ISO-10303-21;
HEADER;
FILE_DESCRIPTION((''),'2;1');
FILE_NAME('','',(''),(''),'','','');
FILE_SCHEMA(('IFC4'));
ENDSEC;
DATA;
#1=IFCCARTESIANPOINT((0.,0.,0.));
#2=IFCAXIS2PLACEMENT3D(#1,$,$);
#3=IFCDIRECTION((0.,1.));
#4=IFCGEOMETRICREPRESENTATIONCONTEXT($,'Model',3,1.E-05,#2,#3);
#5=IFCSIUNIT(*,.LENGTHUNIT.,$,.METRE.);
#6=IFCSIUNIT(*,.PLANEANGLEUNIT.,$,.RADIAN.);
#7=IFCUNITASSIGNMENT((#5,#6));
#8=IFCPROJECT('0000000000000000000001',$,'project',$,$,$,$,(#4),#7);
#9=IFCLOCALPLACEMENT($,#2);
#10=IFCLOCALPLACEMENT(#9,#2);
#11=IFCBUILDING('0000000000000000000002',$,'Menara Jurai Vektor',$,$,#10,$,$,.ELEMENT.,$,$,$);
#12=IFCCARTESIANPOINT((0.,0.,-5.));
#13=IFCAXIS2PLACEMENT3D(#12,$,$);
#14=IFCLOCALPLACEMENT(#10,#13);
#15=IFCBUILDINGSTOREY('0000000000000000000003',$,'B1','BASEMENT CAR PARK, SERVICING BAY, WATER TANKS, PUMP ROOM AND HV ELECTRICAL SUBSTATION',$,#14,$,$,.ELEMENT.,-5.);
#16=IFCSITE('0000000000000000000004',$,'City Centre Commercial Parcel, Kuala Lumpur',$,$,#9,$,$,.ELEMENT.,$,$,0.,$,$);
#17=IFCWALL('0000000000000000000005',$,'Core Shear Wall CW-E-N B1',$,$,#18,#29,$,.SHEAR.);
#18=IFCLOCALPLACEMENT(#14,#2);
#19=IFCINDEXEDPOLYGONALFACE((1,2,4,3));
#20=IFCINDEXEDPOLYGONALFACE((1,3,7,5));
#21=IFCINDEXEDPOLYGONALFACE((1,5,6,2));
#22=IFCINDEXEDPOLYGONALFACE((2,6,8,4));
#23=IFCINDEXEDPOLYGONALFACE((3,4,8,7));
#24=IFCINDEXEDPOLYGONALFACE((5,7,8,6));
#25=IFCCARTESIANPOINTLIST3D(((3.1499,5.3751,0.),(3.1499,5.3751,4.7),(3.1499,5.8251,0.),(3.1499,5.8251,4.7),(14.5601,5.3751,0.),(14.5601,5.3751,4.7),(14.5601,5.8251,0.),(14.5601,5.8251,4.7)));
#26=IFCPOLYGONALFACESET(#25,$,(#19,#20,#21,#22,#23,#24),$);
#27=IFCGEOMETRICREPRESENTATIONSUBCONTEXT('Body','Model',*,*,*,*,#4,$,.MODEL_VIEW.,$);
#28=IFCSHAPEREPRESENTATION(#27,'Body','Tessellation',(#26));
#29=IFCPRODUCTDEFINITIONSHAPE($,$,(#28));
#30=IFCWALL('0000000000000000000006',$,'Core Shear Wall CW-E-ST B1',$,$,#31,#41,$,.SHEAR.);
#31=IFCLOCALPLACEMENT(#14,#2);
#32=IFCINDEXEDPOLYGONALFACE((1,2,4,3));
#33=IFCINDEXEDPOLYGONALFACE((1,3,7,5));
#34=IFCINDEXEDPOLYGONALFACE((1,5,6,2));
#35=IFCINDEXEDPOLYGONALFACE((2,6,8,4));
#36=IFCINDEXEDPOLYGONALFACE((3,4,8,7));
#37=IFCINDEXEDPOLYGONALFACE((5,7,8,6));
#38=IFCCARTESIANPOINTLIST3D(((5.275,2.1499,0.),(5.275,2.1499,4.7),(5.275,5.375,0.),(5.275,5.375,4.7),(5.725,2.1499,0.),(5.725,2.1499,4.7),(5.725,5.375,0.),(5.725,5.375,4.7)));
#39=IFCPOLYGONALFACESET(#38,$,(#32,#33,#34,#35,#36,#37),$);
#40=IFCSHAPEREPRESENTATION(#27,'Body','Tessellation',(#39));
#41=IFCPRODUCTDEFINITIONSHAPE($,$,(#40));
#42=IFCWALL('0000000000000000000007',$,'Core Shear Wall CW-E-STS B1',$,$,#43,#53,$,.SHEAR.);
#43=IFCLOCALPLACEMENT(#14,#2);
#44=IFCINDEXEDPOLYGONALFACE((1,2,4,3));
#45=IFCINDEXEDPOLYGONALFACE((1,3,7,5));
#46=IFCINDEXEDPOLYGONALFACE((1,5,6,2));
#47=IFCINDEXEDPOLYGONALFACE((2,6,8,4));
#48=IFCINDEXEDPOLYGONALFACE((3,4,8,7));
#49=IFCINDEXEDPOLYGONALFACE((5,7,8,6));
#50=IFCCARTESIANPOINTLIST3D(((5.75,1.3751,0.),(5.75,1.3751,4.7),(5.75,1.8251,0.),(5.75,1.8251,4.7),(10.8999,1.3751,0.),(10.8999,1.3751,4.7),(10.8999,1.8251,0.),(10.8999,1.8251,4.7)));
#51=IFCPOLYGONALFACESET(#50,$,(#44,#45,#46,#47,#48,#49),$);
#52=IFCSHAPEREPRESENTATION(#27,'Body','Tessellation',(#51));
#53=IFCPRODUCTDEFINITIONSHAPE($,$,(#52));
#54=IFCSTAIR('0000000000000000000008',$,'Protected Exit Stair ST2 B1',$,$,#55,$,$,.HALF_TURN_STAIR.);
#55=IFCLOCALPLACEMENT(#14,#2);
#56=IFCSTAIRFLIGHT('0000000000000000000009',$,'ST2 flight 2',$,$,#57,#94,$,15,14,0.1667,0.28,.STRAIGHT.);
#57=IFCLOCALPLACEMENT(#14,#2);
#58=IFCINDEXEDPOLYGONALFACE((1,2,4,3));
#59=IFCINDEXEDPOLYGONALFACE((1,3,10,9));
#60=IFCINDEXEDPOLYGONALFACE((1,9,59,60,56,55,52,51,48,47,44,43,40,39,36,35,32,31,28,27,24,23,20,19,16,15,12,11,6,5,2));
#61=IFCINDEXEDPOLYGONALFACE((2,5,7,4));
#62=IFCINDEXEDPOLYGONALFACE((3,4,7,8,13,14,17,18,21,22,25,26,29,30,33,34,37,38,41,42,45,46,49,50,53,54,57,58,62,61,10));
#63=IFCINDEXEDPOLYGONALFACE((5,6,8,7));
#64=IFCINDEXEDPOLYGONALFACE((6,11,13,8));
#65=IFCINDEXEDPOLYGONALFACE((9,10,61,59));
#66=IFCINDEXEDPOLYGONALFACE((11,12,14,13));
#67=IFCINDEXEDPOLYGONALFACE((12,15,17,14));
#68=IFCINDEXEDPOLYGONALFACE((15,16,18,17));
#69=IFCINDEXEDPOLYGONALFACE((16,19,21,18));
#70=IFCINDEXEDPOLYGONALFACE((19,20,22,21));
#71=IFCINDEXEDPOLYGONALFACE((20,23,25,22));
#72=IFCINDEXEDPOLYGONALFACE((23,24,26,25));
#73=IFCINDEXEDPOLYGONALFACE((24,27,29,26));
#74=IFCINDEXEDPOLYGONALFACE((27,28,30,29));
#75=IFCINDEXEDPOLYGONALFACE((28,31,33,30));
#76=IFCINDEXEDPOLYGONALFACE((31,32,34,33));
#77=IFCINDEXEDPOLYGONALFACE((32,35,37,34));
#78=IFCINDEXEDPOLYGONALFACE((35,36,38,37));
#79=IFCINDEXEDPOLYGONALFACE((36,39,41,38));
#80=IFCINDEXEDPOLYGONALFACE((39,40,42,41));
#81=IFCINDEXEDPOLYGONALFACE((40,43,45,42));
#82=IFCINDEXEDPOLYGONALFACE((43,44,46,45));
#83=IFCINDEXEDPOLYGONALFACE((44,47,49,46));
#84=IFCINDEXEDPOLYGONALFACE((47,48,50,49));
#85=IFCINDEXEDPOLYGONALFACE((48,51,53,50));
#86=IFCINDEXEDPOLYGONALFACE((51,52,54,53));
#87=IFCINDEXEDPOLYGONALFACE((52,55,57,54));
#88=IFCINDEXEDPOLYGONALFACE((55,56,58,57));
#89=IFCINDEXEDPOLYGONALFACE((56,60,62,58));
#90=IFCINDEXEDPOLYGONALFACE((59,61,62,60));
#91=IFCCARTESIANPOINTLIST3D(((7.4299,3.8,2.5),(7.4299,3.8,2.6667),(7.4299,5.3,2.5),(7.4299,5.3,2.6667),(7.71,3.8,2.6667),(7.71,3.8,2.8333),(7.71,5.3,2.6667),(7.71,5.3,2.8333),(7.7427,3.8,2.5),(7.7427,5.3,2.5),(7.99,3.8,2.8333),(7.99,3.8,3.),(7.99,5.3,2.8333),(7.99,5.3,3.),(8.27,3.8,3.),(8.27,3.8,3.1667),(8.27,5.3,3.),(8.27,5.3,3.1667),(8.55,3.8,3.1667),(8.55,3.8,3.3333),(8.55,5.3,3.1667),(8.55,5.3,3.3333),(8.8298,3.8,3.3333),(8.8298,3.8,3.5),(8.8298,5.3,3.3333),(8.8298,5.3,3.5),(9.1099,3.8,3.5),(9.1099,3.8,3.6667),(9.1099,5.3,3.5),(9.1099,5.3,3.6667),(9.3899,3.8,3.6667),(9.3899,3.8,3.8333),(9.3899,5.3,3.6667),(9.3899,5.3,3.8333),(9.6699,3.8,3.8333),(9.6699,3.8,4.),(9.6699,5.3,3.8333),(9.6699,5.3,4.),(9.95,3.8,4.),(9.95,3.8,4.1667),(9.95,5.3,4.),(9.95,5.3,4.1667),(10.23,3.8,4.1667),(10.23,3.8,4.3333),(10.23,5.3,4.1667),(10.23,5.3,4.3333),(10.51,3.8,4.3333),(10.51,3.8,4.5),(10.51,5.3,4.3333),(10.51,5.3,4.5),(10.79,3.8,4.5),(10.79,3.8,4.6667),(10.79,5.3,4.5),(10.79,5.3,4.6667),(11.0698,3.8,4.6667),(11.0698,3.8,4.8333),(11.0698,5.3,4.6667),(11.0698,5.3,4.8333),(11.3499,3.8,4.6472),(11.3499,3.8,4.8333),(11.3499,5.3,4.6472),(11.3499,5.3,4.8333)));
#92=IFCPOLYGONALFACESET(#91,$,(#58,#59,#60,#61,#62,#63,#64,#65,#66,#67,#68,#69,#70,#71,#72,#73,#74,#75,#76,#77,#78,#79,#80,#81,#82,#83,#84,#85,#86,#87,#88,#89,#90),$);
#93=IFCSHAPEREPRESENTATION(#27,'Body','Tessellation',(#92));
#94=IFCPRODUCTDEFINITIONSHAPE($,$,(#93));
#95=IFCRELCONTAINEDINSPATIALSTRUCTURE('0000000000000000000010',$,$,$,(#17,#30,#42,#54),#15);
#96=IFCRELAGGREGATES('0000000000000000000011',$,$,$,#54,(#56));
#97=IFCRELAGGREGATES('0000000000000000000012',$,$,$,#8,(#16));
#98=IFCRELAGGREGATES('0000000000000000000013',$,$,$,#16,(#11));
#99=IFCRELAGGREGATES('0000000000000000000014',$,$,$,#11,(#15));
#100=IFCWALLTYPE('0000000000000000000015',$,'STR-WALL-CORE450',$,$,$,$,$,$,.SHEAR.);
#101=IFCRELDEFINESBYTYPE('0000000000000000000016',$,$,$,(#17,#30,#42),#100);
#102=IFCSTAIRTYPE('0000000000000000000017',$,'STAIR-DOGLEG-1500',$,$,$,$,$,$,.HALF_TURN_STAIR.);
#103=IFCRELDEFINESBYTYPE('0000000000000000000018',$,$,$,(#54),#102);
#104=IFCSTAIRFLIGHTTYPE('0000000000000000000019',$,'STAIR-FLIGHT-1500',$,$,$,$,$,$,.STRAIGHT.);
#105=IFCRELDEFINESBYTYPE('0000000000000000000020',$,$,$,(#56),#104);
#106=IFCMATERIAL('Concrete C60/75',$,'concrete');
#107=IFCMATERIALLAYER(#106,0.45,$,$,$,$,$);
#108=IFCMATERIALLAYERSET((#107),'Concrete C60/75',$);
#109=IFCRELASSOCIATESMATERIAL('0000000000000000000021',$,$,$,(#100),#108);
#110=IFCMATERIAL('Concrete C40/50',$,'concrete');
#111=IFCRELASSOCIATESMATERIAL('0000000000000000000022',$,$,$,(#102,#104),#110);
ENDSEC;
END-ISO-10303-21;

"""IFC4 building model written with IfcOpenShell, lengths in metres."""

from ifc_helpers import new_model, si_unit, direction, frame, frame_2d, origin, place, context, subcontext, project, spatial, polyline, rectangle, outline, extrude, material, layer, layer_set, type_object, element, aggregate, save


model = new_model("IFC4")

# Units and contexts
model_context = context("Model", 3, precision=1e-05, world=origin(), true_north=direction((0.0, 1.0)))
body_context = subcontext(model_context, "Body", "Model", "MODEL_VIEW")
ifc_project = project(units=[si_unit("LENGTHUNIT", "METRE"), si_unit("PLANEANGLEUNIT", "RADIAN")], contexts=[model_context])

# Site, building, storey
site_placement = place(None, origin())
site = spatial("IfcSite", under=ifc_project, at=site_placement, Name="City Centre Commercial Parcel, Kuala Lumpur", CompositionType="ELEMENT", RefElevation=0.0)
building_placement = place(site_placement, origin())
building = spatial("IfcBuilding", under=site, at=building_placement, Name="Menara Jurai Vektor", CompositionType="ELEMENT")
storey_placement = place(building_placement, frame((0.0, 0.0, -5.0)))
storey = spatial("IfcBuildingStorey", under=building, at=storey_placement, Name="B1", Description="BASEMENT CAR PARK, SERVICING BAY, WATER TANKS, PUMP ROOM AND HV ELECTRICAL SUBSTATION", CompositionType="ELEMENT", Elevation=-5.0)

# Shared definitions
ifc_material_1 = material(Name="Concrete C60/75", Category="concrete")

# Shared definitions
ifc_material_2 = material(Name="Concrete C40/50", Category="concrete")

# Walls
ifc_layer_1 = layer(ifc_material_1, 0.45)
ifc_layer_set_1 = layer_set([ifc_layer_1], Name="Concrete C60/75")
wall_type_1 = type_object("IfcWallType", Name="STR-WALL-CORE450", PredefinedType="SHEAR", material=ifc_layer_set_1)
wall_1_placement = place(storey_placement, frame((3.1499, 5.6001, 0.0), z_axis=(0.0, 0.0, 1.0), x_axis=(1.0, 0.0, 0.0)))
element("IfcWall", 1, at=wall_1_placement, inside=storey, type_object=wall_type_1, Name="Core Shear Wall CW-E-N B1", PredefinedType="SHEAR", context=body_context, shape_type="SweptSolid", body=[
    extrude(rectangle(XDim=11.4102, YDim=0.45, at=frame_2d((5.7051, 0.0))), origin(), (0.0, 0.0, 1.0), 4.7),
])
wall_2_placement = place(storey_placement, frame((5.5, 2.1499, 0.0), z_axis=(0.0, 0.0, 1.0), x_axis=(0.0, 1.0, 0.0)))
element("IfcWall", 2, at=wall_2_placement, inside=storey, type_object=wall_type_1, Name="Core Shear Wall CW-E-ST B1", PredefinedType="SHEAR", context=body_context, shape_type="SweptSolid", body=[
    extrude(rectangle(XDim=3.2251, YDim=0.45, at=frame_2d((1.6125, 0.0))), origin(), (0.0, 0.0, 1.0), 4.7),
])
wall_3_placement = place(storey_placement, frame((5.75, 1.6001, 0.0), z_axis=(0.0, 0.0, 1.0), x_axis=(1.0, 0.0, 0.0)))
element("IfcWall", 3, at=wall_3_placement, inside=storey, type_object=wall_type_1, Name="Core Shear Wall CW-E-STS B1", PredefinedType="SHEAR", context=body_context, shape_type="SweptSolid", body=[
    extrude(rectangle(XDim=5.1499, YDim=0.45, at=frame_2d((2.575, 0.0))), origin(), (0.0, 0.0, 1.0), 4.7),
])

# Stair, stair flight
stair_type = type_object("IfcStairType", Name="STAIR-DOGLEG-1500", PredefinedType="HALF_TURN_STAIR", material=ifc_material_2)
stair_placement = place(storey_placement, origin())
stair = element("IfcStair", 4, at=stair_placement, inside=storey, type_object=stair_type, Name="Protected Exit Stair ST2 B1", PredefinedType="HALF_TURN_STAIR")
stair_flight_type = type_object("IfcStairFlightType", Name="STAIR-FLIGHT-1500", PredefinedType="STRAIGHT", material=ifc_material_2)
stair_flight_placement = place(storey_placement, frame((7.4299, 4.55, 2.5), z_axis=(0.0, 0.0, 1.0), x_axis=(1.0, 0.0, 0.0)))
stair_flight = element("IfcStairFlight", 5, at=stair_flight_placement, type_object=stair_flight_type, Name="ST2 flight 2", NumberOfRisers=15, NumberOfTreads=14, PredefinedType="STRAIGHT", RiserHeight=0.1667, TreadLength=0.28, context=body_context, shape_type="SweptSolid", body=[
    extrude(outline(polyline([(0.0, 0.0), (0.0, 0.1667), (0.28, 0.1667), (0.28, 0.3333), (0.5601, 0.3333), (0.5601, 0.5), (0.8401, 0.5), (0.8401, 0.6667), (1.1201, 0.6667), (1.1201, 0.8333), (1.3999, 0.8333), (1.3999, 1.0), (1.6799, 1.0), (1.6799, 1.1667), (1.96, 1.1667), (1.96, 1.3333), (2.24, 1.3333), (2.24, 1.5), (2.52, 1.5), (2.52, 1.6667), (2.8, 1.6667), (2.8, 1.8333), (3.0801, 1.8333), (3.0801, 2.0), (3.3601, 2.0), (3.3601, 2.1667), (3.6399, 2.1667), (3.6399, 2.3333), (3.9199, 2.3333), (3.9199, 2.5), (3.9199, 2.1472), (0.3127, 0.0), (0.0, 0.0)])), frame((0.0, 0.75, 0.0), z_axis=(0.0, -1.0, 0.0), x_axis=(1.0, 0.0, 0.0)), (0.0, 0.0, 1.0), 1.5),
])
aggregate(stair, [stair_flight])

save(model, "model.ifc")
